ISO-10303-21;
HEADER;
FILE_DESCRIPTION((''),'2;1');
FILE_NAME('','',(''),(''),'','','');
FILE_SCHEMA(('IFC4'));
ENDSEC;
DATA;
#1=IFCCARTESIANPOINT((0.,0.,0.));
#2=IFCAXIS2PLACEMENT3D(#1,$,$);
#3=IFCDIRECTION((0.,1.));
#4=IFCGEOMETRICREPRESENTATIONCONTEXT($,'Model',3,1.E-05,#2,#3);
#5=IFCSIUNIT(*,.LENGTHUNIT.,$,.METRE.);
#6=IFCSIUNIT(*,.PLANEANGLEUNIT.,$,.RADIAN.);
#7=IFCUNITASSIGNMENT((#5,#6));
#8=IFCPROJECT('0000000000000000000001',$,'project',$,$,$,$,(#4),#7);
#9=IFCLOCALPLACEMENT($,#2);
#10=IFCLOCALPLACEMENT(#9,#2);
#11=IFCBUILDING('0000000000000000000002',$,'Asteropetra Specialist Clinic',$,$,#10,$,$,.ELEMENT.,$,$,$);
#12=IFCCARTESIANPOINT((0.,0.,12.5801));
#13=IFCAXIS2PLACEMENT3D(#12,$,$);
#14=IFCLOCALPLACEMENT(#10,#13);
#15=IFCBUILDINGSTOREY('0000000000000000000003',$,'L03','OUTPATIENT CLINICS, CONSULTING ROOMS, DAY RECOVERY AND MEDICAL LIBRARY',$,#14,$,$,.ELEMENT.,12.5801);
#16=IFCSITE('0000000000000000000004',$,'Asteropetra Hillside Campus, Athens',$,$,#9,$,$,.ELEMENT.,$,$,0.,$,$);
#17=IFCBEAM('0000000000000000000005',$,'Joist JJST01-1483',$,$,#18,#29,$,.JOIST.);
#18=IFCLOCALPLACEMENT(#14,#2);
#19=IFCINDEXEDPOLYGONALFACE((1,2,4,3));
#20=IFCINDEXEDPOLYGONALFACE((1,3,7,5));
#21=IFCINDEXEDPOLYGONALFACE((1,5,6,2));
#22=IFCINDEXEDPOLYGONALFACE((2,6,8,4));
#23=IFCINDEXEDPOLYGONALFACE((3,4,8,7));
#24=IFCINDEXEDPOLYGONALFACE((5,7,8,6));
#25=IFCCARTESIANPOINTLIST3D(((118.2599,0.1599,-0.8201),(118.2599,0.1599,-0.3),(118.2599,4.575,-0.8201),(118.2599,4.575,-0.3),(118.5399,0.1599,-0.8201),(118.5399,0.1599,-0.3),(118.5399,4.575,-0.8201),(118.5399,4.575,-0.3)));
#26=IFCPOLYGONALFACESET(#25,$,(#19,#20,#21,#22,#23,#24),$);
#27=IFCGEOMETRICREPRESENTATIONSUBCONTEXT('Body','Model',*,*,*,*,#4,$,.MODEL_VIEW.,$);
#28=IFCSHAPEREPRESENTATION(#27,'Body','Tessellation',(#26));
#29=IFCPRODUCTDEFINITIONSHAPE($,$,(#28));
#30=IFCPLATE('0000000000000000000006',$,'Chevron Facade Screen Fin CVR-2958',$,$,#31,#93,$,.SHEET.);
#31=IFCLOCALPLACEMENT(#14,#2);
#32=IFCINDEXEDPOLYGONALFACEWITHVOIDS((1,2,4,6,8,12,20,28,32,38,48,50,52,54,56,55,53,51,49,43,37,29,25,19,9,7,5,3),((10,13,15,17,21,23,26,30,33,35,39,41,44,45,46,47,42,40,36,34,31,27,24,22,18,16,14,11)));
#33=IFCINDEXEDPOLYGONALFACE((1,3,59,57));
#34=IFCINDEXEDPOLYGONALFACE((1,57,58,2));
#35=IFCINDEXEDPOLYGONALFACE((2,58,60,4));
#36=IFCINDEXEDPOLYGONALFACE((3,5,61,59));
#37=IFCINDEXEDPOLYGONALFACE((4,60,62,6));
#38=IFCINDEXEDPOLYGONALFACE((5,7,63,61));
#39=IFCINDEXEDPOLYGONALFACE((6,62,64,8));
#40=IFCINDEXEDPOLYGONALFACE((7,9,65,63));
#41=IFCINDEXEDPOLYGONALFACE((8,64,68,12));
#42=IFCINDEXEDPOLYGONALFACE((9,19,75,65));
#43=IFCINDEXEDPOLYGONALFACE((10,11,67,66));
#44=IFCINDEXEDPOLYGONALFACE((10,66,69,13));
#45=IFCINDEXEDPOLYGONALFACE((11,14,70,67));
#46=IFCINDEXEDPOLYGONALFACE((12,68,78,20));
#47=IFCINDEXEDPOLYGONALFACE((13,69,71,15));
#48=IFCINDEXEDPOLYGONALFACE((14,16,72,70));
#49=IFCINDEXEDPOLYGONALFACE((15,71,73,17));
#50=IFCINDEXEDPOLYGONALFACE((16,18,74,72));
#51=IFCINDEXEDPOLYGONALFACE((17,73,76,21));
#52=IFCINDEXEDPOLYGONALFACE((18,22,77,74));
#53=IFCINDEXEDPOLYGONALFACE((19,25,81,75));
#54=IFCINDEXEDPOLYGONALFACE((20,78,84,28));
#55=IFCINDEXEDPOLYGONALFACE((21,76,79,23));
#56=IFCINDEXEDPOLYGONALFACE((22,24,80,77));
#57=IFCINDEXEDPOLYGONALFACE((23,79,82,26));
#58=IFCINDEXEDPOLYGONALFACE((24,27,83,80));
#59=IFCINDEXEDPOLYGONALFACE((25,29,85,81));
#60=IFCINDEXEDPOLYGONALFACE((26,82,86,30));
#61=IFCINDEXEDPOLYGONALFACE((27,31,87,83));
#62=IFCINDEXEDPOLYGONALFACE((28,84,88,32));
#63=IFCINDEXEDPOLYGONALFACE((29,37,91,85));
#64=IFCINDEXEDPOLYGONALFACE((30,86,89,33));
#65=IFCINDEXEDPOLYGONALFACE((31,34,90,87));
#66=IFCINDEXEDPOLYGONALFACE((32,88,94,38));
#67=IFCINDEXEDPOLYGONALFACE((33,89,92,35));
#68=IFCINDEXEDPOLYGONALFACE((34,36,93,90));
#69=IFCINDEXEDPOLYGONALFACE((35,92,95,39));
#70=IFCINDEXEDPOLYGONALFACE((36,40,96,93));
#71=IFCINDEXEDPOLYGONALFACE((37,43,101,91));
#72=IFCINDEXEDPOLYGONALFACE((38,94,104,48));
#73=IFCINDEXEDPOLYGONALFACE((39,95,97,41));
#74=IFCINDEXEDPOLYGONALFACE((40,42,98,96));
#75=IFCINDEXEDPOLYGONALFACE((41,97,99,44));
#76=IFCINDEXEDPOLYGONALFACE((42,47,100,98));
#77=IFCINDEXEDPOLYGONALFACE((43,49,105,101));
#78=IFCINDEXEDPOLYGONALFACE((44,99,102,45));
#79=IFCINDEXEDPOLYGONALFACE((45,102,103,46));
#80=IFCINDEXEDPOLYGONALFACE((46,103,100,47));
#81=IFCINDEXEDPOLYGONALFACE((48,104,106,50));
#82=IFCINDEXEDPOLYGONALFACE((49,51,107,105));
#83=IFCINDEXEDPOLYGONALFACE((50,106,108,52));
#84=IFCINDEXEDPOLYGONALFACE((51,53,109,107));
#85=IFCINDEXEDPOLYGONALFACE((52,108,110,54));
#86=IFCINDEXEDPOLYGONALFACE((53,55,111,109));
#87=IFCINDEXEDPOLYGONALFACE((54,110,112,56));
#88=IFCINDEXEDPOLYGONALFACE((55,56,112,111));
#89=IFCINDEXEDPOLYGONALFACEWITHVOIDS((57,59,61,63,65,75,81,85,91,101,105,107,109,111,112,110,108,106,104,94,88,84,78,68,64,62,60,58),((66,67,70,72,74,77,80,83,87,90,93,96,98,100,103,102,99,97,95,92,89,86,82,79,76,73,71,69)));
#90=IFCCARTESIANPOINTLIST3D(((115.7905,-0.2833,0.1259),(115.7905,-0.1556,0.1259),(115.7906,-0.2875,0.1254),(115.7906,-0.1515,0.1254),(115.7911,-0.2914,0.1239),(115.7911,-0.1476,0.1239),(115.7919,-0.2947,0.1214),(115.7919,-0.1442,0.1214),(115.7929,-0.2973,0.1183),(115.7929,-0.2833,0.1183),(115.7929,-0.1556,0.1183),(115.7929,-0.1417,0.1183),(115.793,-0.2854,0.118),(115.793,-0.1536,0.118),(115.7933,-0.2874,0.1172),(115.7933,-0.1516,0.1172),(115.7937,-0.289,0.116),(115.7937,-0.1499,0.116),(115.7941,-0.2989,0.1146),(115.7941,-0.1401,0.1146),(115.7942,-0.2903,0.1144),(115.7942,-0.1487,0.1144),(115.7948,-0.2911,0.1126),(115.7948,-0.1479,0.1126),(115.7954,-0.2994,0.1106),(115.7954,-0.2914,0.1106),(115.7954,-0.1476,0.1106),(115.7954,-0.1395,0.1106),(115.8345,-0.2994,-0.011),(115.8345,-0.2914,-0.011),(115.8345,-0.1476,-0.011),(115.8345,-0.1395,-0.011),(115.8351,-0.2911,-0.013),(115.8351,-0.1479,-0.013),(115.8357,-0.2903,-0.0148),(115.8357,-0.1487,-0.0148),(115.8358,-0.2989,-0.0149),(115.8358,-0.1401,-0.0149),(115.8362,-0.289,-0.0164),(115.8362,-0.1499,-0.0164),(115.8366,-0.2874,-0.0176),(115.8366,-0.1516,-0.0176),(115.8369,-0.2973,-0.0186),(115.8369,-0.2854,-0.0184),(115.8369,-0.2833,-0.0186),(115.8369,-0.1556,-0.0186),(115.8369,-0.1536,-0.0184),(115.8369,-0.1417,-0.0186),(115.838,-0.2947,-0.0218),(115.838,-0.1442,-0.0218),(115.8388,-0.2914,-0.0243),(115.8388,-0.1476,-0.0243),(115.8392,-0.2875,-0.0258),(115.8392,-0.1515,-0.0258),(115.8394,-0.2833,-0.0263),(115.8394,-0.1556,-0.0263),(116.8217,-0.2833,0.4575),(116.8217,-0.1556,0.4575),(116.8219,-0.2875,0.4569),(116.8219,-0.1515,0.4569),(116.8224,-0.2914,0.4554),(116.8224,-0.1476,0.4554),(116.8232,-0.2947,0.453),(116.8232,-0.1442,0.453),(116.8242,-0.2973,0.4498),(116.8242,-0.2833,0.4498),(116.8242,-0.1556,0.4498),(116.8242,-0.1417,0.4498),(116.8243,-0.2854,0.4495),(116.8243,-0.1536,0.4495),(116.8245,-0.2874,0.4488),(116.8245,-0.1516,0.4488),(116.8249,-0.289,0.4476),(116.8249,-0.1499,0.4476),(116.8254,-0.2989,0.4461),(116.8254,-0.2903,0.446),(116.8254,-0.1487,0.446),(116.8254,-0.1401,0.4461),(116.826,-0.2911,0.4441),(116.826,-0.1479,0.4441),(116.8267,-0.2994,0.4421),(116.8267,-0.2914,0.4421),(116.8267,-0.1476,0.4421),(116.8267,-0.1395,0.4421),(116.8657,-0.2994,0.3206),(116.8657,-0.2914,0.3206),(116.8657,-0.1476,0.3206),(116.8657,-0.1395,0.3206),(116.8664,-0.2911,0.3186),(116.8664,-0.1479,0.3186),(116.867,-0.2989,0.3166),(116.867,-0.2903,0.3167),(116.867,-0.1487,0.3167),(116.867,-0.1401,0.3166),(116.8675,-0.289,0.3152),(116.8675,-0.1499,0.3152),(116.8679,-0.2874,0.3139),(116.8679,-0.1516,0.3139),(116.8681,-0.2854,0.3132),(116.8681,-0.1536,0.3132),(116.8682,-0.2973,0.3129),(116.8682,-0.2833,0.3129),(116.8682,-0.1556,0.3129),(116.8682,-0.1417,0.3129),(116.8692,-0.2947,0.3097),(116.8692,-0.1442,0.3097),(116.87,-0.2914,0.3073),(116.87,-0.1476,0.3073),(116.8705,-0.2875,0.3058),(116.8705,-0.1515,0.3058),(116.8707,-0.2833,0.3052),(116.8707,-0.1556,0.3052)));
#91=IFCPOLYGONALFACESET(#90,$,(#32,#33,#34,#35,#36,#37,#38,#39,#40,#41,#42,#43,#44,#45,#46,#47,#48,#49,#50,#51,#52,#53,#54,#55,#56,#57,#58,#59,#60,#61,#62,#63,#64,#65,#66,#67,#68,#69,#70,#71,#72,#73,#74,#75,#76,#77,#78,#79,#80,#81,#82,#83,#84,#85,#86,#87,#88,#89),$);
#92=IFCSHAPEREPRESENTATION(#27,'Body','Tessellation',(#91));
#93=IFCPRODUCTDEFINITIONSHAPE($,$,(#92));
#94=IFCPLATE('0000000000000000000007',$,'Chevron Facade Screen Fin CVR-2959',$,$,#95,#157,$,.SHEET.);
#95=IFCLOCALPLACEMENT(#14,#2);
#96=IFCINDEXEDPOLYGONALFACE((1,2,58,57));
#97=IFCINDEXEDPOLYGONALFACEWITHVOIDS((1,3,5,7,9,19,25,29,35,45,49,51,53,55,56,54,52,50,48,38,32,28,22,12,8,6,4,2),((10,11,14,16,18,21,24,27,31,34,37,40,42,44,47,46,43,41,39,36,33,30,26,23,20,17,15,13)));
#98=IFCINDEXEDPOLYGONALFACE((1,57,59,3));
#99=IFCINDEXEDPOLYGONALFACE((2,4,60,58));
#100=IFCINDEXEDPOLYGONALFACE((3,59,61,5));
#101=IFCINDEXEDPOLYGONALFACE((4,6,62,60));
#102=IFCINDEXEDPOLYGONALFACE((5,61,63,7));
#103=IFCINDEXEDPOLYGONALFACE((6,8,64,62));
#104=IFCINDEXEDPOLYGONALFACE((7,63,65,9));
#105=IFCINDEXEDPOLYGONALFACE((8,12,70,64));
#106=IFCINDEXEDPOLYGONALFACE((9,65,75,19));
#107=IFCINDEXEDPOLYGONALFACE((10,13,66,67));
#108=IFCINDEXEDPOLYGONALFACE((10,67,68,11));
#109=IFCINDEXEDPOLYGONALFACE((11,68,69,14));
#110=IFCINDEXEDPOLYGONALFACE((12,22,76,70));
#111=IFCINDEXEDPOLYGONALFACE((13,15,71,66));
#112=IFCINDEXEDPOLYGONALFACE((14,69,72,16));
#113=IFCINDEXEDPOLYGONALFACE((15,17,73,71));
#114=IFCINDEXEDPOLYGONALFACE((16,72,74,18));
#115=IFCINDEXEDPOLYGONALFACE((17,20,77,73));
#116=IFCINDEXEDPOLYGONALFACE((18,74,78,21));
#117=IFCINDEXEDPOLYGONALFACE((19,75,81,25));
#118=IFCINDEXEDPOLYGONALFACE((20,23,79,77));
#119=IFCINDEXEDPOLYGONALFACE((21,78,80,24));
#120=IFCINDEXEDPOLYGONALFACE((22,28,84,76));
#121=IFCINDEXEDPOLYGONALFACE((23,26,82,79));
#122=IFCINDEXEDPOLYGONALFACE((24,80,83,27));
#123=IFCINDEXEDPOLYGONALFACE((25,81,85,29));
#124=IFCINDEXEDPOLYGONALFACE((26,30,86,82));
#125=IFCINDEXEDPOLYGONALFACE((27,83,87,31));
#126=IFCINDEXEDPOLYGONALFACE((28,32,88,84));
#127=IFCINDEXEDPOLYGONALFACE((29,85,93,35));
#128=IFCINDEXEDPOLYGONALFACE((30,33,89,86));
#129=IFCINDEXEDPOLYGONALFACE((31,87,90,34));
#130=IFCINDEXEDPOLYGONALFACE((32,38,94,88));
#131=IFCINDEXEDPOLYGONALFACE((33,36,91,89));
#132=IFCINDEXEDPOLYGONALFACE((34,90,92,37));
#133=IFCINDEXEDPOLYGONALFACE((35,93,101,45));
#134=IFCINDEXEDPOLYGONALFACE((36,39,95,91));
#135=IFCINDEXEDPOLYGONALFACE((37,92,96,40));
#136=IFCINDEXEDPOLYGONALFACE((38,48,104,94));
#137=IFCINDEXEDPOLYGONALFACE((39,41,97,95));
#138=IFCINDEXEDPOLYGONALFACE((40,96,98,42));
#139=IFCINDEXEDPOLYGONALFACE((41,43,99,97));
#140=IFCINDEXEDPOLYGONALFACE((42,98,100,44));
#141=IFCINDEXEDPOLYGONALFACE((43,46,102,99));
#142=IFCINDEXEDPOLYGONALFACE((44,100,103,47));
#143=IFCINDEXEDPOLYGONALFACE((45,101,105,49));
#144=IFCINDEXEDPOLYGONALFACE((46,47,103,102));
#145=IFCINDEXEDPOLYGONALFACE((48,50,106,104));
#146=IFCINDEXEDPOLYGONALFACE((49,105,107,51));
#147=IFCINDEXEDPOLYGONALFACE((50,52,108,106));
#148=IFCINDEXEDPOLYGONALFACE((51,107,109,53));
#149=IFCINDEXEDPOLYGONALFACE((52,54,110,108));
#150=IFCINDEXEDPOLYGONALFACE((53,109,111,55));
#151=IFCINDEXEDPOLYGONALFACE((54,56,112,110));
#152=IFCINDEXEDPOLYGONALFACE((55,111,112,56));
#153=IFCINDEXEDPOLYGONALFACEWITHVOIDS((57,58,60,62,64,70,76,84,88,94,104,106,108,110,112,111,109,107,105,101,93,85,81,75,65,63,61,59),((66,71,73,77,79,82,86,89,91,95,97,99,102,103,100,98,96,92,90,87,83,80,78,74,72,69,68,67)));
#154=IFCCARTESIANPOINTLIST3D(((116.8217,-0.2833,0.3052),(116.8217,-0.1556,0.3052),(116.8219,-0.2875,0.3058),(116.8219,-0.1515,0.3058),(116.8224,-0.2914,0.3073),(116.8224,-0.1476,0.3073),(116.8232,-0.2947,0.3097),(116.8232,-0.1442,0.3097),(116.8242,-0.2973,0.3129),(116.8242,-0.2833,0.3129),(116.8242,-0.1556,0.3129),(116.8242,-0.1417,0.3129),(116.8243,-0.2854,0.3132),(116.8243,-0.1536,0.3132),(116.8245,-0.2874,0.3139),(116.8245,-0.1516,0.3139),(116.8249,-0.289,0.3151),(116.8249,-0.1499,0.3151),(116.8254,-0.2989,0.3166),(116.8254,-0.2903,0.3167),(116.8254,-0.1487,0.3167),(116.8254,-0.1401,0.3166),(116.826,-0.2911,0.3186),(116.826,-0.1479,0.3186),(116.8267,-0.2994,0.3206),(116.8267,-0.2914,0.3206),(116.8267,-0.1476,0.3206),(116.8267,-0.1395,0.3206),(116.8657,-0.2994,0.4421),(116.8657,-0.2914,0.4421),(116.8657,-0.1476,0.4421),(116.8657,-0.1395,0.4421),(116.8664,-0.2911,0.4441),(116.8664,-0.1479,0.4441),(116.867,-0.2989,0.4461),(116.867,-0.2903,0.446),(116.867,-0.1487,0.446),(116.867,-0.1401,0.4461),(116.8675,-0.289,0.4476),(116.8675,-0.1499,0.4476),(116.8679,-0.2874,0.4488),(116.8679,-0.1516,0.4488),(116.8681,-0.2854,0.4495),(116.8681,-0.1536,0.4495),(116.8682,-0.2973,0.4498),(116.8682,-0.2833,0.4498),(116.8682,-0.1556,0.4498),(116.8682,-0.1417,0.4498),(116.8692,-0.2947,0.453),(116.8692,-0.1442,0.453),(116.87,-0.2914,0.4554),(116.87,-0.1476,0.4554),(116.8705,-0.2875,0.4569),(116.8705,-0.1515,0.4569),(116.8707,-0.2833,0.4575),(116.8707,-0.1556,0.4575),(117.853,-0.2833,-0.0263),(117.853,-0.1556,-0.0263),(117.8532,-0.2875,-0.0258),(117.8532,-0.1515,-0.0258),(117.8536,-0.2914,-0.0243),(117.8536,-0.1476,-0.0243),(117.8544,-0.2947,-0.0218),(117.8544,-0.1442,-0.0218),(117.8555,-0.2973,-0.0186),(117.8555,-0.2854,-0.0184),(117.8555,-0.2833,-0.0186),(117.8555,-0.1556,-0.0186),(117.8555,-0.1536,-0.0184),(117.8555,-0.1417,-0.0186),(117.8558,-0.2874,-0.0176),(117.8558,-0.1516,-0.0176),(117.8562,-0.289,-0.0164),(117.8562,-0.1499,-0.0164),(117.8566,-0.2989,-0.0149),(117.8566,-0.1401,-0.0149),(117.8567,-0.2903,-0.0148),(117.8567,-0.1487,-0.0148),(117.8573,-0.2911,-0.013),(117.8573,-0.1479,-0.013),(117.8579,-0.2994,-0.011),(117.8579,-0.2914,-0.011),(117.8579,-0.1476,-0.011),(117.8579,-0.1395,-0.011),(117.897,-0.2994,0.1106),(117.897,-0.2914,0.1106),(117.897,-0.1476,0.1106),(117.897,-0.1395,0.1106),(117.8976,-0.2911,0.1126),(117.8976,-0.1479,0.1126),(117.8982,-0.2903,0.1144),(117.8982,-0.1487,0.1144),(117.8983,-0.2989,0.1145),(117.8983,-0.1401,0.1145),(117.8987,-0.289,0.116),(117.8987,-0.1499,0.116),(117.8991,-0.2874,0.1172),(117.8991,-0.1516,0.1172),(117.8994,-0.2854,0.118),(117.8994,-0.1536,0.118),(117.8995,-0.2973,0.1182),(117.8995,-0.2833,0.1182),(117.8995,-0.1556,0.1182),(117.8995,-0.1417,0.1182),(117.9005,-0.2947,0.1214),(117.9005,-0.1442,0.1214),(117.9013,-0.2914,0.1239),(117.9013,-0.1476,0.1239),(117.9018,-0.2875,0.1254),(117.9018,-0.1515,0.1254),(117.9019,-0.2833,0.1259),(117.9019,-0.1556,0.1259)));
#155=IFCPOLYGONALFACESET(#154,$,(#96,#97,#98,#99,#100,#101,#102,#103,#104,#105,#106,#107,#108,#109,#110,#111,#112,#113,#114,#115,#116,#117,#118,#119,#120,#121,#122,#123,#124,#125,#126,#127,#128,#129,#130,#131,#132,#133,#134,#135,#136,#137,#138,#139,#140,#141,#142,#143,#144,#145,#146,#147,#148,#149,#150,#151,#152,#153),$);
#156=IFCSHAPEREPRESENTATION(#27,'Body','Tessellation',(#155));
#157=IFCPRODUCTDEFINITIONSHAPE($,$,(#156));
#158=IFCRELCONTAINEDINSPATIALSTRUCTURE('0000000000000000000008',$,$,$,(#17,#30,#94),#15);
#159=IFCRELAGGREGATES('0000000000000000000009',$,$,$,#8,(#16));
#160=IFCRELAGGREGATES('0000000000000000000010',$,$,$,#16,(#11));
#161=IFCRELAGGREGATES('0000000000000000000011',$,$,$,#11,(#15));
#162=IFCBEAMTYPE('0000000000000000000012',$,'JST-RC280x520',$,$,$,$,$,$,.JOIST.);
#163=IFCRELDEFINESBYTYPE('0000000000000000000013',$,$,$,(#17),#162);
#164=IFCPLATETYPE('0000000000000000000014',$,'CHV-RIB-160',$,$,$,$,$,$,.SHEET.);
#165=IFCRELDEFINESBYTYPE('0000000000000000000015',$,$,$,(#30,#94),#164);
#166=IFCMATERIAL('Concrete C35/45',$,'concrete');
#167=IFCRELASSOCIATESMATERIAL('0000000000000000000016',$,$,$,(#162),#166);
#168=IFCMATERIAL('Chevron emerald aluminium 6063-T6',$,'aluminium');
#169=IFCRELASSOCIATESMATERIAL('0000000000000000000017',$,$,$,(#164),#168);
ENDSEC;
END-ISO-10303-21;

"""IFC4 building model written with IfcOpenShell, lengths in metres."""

from ifc_helpers import new_model, si_unit, direction, frame, origin, origin_2d, place, context, subcontext, project, spatial, rectangle, hollow_rectangle, extrude, material, material_profile, profile_set, type_object, element, save


model = new_model("IFC4")

# Units and contexts
model_context = context("Model", 3, precision=1e-05, world=origin(), true_north=direction((0.0, 1.0)))
body_context = subcontext(model_context, "Body", "Model", "MODEL_VIEW")
ifc_project = project(units=[si_unit("LENGTHUNIT", "METRE"), si_unit("PLANEANGLEUNIT", "RADIAN")], contexts=[model_context])

# Site, building, storey
site_placement = place(None, origin())
site = spatial("IfcSite", under=ifc_project, at=site_placement, Name="Asteropetra Hillside Campus, Athens", CompositionType="ELEMENT", RefElevation=0.0)
building_placement = place(site_placement, origin())
building = spatial("IfcBuilding", under=site, at=building_placement, Name="Asteropetra Specialist Clinic", CompositionType="ELEMENT")
storey_placement = place(building_placement, frame((0.0, 0.0, 12.5801)))
storey = spatial("IfcBuildingStorey", under=building, at=storey_placement, Name="L03", Description="OUTPATIENT CLINICS, CONSULTING ROOMS, DAY RECOVERY AND MEDICAL LIBRARY", CompositionType="ELEMENT", Elevation=12.5801)

# Beam
ifc_material_1 = material(Name="Concrete C35/45", Category="concrete")
ifc_material_profile_1 = material_profile(ifc_material_1, rectangle(XDim=0.28, YDim=0.52, at=origin_2d()), Name="RCJ 280x520")
ifc_profile_set_1 = profile_set([ifc_material_profile_1], Name="Concrete C35/45")
beam_type = type_object("IfcBeamType", Name="JST-RC280x520", PredefinedType="JOIST", material=ifc_profile_set_1)
beam_placement = place(storey_placement, frame((118.3999, 0.1599, -0.5601), z_axis=(0.0, 1.0, 0.0), x_axis=(-1.0, 0.0, 0.0)))
element("IfcBeam", 1, at=beam_placement, inside=storey, type_object=beam_type, Name="Joist JJST01-1483", PredefinedType="JOIST", context=body_context, shape_type="SweptSolid", body=[
    extrude(rectangle(XDim=0.28, YDim=0.52, at=origin_2d()), origin(), (0.0, 0.0, 1.0), 4.415),
])

# Plates
ifc_material_2 = material(Name="Chevron emerald aluminium 6063-T6", Category="aluminium")
ifc_material_profile_2 = material_profile(ifc_material_2, hollow_rectangle(XDim=0.1599, YDim=0.1599, WallThickness=0.0081, InnerFilletRadius=0.0081, OuterFilletRadius=0.0161, at=origin_2d()), Name="SHS 160x160x8.0")
ifc_profile_set_2 = profile_set([ifc_material_profile_2], Name="Chevron emerald aluminium 6063-T6")
plate_type_1 = type_object("IfcPlateType", Name="CHV-RIB-160", PredefinedType="SHEET", material=ifc_profile_set_2)
for number, where, z_axis, x_axis, name in (
    (2, (115.8149, -0.2195, 0.0498), (0.95201, 0.0, 0.306068), (0.0, 1.0, 0.0), "Chevron Facade Screen Fin CVR-2958"),
    (3, (116.8462, -0.2195, 0.3813), (0.95201, 0.0, -0.306068), (0.0, 1.0, 0.0), "Chevron Facade Screen Fin CVR-2959"),
):
    element("IfcPlate", number, at=place(storey_placement, frame(where, z_axis=z_axis, x_axis=x_axis)), inside=storey, type_object=plate_type_1, Name=name, PredefinedType="SHEET", context=body_context, shape_type="SweptSolid", body=[
        extrude(hollow_rectangle(XDim=0.1599, YDim=0.1599, WallThickness=0.0081, InnerFilletRadius=0.0081, OuterFilletRadius=0.0161, at=origin_2d()), origin(), (0.0, 0.0, 1.0), 1.0833),
    ])

save(model, "model.ifc")
